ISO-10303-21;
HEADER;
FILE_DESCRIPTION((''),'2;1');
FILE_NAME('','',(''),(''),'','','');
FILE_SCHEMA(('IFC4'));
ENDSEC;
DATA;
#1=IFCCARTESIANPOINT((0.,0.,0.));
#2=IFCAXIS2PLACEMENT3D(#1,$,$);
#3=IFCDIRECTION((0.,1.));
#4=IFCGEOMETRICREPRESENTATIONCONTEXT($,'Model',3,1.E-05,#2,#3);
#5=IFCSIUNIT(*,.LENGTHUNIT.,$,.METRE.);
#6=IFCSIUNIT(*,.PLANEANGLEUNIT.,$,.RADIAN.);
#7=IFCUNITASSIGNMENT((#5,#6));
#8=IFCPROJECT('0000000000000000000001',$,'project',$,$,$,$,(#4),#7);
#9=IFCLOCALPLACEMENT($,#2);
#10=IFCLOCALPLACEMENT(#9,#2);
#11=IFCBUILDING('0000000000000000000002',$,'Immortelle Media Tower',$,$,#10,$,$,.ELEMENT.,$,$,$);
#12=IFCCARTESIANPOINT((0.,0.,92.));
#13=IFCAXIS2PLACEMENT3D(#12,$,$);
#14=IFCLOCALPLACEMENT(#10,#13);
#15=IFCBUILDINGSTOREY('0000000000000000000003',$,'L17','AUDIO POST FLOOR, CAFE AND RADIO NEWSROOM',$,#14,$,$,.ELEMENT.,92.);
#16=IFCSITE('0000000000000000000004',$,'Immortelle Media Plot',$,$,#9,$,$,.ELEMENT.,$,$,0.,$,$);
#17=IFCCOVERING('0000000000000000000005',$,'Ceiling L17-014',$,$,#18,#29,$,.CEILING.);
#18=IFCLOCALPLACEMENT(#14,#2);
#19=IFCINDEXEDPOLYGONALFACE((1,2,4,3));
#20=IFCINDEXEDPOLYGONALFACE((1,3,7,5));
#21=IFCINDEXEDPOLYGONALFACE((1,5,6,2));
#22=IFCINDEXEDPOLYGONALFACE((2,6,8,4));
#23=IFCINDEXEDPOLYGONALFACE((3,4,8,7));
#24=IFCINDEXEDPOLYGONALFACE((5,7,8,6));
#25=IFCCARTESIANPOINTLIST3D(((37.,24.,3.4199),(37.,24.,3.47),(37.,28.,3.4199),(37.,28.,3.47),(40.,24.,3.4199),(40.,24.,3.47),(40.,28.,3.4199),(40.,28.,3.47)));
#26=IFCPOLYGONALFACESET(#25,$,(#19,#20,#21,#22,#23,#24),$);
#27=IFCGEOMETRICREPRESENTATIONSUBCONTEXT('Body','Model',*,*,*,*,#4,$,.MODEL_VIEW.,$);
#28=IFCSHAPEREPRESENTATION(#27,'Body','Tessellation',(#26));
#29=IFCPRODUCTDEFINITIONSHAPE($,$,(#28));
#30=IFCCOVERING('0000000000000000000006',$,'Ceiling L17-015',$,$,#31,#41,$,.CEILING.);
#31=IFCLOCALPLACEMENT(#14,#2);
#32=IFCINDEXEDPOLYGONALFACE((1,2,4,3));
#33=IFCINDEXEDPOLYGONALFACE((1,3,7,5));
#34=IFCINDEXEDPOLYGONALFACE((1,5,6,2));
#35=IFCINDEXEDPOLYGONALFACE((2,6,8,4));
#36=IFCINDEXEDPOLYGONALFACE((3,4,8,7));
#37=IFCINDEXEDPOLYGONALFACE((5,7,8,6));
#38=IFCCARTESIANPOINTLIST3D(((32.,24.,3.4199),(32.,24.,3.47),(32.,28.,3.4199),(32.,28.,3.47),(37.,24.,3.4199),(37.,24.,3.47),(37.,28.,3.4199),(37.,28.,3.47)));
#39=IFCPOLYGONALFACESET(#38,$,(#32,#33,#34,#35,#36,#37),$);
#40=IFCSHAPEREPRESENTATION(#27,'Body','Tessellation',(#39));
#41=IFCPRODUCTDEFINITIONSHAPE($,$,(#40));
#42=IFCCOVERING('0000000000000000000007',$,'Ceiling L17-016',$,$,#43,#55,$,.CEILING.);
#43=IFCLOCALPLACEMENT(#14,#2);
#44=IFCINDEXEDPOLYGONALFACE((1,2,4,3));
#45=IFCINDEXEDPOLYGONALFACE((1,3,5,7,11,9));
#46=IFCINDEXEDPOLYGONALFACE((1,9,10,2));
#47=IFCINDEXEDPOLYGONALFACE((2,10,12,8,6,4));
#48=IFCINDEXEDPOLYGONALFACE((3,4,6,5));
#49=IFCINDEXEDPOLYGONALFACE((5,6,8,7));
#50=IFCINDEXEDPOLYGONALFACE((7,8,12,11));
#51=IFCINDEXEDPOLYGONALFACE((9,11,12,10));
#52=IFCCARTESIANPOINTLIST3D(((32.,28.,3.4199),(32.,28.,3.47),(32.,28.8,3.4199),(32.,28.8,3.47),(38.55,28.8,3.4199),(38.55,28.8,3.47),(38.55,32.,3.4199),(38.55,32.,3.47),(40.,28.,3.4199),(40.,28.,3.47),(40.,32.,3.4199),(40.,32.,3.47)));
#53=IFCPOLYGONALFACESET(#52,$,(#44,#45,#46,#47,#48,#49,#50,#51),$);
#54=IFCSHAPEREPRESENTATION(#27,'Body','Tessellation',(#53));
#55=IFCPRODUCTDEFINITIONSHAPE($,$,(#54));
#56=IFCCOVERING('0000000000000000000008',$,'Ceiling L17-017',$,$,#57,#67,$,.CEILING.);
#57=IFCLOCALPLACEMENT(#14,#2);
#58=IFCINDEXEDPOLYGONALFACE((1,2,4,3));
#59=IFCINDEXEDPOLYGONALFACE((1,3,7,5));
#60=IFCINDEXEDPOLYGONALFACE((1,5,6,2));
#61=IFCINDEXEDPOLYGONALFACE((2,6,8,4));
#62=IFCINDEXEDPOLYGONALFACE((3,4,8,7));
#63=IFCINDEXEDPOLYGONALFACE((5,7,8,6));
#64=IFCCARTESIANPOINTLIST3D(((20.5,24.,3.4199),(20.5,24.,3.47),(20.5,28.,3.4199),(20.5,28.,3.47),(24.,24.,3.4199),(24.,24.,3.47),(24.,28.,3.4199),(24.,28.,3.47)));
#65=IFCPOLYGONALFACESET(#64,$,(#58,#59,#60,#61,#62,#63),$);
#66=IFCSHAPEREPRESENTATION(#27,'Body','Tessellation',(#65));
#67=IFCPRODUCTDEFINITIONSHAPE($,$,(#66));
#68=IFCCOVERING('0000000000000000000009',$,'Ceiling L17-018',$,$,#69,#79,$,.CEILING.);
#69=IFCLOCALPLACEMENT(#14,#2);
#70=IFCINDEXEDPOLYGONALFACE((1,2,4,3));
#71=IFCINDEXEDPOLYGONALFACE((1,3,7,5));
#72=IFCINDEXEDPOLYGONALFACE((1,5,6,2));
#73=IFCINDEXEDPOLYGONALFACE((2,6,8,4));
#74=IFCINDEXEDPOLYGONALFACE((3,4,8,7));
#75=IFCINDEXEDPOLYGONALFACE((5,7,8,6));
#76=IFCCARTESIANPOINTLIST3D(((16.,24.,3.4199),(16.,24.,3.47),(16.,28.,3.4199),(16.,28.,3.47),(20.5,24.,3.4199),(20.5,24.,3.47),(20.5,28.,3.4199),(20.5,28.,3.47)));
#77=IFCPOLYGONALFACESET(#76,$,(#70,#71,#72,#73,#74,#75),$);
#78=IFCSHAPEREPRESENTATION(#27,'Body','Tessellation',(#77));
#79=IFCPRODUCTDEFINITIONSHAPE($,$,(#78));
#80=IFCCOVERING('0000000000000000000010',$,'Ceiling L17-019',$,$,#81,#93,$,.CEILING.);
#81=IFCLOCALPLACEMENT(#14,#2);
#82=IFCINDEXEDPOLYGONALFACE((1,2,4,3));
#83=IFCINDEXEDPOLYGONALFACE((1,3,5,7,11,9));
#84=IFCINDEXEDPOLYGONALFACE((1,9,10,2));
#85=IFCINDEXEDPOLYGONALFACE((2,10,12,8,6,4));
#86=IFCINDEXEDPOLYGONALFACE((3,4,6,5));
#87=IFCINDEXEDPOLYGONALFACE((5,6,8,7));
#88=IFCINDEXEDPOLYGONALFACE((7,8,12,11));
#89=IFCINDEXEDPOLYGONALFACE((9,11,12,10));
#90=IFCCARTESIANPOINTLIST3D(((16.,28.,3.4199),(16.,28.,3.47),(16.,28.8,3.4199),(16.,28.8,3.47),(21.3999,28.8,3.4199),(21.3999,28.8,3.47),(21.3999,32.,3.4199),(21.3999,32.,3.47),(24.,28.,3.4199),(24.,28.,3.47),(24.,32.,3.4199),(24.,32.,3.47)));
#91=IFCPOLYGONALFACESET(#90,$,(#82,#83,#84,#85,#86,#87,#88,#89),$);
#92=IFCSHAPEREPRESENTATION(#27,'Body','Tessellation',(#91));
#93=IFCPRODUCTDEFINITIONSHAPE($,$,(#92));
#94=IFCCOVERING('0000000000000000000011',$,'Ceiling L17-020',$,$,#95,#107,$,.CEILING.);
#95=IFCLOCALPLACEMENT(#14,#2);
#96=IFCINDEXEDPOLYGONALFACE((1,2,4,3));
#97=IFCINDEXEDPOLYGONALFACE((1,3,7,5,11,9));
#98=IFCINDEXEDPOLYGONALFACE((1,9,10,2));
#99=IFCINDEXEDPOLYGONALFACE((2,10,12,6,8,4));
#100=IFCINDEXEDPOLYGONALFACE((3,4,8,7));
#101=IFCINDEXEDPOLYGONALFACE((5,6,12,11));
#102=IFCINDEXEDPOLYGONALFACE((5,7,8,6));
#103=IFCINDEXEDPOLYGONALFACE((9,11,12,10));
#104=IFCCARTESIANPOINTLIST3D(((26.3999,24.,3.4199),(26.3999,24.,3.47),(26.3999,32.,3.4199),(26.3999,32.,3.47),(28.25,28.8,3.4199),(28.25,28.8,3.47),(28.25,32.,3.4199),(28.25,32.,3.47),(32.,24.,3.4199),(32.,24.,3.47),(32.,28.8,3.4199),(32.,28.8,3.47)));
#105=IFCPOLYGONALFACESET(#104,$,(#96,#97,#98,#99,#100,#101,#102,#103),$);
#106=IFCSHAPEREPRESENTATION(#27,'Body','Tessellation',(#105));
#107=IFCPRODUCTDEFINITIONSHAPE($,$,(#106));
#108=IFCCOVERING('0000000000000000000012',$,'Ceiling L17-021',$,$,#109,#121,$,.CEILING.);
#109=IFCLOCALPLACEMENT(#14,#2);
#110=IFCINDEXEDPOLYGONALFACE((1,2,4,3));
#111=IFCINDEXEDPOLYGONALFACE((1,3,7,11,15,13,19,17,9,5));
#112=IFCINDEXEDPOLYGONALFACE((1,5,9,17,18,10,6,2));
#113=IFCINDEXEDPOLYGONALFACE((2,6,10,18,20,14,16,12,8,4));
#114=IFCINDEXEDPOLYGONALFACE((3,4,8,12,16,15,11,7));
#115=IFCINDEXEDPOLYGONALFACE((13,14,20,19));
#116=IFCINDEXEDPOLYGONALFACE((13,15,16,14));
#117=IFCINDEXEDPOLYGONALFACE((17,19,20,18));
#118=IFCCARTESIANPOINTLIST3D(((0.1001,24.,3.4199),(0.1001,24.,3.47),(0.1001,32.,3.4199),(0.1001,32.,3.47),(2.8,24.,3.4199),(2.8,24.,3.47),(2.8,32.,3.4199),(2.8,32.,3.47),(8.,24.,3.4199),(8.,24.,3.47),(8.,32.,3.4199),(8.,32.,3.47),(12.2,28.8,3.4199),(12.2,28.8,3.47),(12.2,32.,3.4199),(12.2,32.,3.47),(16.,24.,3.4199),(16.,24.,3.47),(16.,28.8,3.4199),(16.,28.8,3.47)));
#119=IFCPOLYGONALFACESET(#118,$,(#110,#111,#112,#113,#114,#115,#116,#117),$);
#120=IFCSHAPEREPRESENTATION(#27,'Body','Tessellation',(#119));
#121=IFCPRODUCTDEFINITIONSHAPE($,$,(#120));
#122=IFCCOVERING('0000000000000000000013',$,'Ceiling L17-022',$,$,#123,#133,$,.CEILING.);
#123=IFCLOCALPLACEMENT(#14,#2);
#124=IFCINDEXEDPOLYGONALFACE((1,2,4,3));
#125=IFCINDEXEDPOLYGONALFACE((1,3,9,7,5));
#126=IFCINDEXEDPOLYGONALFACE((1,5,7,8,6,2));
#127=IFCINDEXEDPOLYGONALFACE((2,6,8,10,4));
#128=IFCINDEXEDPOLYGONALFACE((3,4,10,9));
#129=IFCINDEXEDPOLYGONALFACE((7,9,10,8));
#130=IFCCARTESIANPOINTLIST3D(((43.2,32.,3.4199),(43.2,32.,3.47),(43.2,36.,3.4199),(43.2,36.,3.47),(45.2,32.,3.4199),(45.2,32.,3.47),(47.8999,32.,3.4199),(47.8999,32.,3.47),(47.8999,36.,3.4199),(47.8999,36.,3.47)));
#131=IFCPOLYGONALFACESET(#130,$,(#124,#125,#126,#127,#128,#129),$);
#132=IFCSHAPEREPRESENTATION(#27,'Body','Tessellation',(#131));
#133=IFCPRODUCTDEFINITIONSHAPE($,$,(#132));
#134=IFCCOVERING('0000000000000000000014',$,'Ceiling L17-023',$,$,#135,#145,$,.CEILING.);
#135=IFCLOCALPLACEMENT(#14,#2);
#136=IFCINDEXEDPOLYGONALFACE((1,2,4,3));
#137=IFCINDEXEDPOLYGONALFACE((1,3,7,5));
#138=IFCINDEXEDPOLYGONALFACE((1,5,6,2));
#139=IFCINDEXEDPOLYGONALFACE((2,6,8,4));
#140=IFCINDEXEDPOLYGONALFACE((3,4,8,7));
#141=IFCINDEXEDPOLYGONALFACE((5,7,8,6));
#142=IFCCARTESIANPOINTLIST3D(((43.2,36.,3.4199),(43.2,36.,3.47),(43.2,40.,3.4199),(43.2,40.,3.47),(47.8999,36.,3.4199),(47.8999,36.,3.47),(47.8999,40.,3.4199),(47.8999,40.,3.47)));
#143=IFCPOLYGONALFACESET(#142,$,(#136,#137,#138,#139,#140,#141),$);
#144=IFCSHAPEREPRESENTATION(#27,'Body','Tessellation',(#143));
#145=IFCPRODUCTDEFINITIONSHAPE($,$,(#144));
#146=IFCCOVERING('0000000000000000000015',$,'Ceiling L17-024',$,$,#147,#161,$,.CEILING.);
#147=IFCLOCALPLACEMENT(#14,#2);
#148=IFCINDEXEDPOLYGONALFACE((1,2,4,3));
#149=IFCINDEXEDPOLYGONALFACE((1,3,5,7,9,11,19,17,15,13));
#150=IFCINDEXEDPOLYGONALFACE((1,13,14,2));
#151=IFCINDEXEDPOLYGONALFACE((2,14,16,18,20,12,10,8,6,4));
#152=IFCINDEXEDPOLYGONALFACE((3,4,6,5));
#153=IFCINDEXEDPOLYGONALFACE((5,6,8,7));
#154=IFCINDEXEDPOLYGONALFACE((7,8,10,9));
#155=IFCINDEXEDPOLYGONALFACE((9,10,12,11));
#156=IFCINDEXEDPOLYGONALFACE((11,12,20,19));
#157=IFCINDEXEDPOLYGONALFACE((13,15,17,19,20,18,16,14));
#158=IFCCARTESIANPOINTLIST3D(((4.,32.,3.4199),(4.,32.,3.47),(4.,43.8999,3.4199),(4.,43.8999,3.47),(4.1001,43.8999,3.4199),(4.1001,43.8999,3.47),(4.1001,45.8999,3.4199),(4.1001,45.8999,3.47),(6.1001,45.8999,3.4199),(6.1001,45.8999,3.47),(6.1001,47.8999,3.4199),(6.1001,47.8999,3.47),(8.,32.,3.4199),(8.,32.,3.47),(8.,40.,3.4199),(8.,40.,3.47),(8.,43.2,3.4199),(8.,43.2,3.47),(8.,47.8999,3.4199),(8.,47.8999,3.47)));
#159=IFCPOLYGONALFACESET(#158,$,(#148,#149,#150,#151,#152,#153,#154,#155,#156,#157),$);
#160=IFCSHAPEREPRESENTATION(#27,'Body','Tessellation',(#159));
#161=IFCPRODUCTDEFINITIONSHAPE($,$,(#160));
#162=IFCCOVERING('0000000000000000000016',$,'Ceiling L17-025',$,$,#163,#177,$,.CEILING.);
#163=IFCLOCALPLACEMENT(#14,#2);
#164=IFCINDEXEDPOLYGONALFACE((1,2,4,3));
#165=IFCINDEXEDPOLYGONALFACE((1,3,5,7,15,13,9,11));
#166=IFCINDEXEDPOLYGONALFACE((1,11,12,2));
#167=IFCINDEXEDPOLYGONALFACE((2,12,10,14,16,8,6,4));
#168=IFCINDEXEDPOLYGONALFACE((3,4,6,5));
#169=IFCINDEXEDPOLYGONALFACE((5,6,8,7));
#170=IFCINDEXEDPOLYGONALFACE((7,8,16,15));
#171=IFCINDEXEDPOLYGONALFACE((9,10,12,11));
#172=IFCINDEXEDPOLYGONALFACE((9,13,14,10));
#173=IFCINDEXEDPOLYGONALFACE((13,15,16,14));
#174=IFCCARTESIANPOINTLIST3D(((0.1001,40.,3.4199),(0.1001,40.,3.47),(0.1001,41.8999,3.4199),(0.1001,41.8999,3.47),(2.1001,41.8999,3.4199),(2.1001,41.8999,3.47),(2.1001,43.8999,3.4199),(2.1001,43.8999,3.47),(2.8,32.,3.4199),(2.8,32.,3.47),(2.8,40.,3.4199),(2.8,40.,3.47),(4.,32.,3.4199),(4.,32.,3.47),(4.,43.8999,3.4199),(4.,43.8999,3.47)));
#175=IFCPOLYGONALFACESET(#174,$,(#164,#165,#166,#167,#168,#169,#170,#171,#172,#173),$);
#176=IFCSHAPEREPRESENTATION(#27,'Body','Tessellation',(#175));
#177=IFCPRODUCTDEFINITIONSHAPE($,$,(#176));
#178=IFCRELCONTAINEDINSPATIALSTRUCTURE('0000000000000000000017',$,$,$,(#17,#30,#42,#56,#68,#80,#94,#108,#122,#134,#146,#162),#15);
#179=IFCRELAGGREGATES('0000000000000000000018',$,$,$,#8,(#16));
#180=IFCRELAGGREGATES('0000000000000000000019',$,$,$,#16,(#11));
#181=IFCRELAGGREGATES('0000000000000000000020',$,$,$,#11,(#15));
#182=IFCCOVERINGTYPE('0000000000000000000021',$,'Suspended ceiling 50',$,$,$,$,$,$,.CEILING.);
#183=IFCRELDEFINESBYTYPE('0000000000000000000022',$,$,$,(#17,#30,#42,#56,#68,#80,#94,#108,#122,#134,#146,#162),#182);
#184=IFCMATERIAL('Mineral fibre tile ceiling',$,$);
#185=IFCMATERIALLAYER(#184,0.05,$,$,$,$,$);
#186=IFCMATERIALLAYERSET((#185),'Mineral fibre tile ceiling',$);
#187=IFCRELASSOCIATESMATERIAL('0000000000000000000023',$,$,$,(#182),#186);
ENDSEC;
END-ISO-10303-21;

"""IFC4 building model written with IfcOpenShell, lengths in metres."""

from ifc_helpers import new_model, si_unit, direction, frame, origin, place, context, subcontext, project, spatial, polyline, outline, extrude, material, layer, layer_set, type_object, element, save


model = new_model("IFC4")

# Units and contexts
model_context = context("Model", 3, precision=1e-05, world=origin(), true_north=direction((0.0, 1.0)))
body_context = subcontext(model_context, "Body", "Model", "MODEL_VIEW")
ifc_project = project(units=[si_unit("LENGTHUNIT", "METRE"), si_unit("PLANEANGLEUNIT", "RADIAN")], contexts=[model_context])

# Site, building, storey
site_placement = place(None, origin())
site = spatial("IfcSite", under=ifc_project, at=site_placement, Name="Immortelle Media Plot", CompositionType="ELEMENT", RefElevation=0.0)
building_placement = place(site_placement, origin())
building = spatial("IfcBuilding", under=site, at=building_placement, Name="Immortelle Media Tower", CompositionType="ELEMENT")
storey_placement = place(building_placement, frame((0.0, 0.0, 92.0)))
storey = spatial("IfcBuildingStorey", under=building, at=storey_placement, Name="L17", Description="AUDIO POST FLOOR, CAFE AND RADIO NEWSROOM", CompositionType="ELEMENT", Elevation=92.0)

# Coverings
ifc_material_1 = material(Name="Mineral fibre tile ceiling")
ifc_layer = layer(ifc_material_1, 0.05)
ifc_layer_set = layer_set([ifc_layer], Name="Mineral fibre tile ceiling")
covering_type = type_object("IfcCoveringType", Name="Suspended ceiling 50", PredefinedType="CEILING", material=ifc_layer_set)
covering_1_placement = place(storey_placement, frame((0.0, 0.0, 3.4199)))
element("IfcCovering", 1, at=covering_1_placement, inside=storey, type_object=covering_type, Name="Ceiling L17-014", PredefinedType="CEILING", context=body_context, shape_type="SweptSolid", body=[
    extrude(outline(polyline([(40.0, 28.0), (40.0, 24.0), (37.0, 24.0), (37.0, 28.0), (40.0, 28.0)])), origin(), (0.0, 0.0, 1.0), 0.05),
])
covering_2_placement = place(storey_placement, frame((0.0, 0.0, 3.4199)))
element("IfcCovering", 2, at=covering_2_placement, inside=storey, type_object=covering_type, Name="Ceiling L17-015", PredefinedType="CEILING", context=body_context, shape_type="SweptSolid", body=[
    extrude(outline(polyline([(37.0, 28.0), (37.0, 24.0), (32.0, 24.0), (32.0, 28.0), (37.0, 28.0)])), origin(), (0.0, 0.0, 1.0), 0.05),
])
covering_3_placement = place(storey_placement, frame((0.0, 0.0, 3.4199)))
element("IfcCovering", 3, at=covering_3_placement, inside=storey, type_object=covering_type, Name="Ceiling L17-016", PredefinedType="CEILING", context=body_context, shape_type="SweptSolid", body=[
    extrude(outline(polyline([(32.0, 28.8), (38.55, 28.8), (38.55, 32.0), (40.0, 32.0), (40.0, 28.0), (32.0, 28.0), (32.0, 28.8)])), origin(), (0.0, 0.0, 1.0), 0.05),
])
covering_4_placement = place(storey_placement, frame((0.0, 0.0, 3.4199)))
element("IfcCovering", 4, at=covering_4_placement, inside=storey, type_object=covering_type, Name="Ceiling L17-017", PredefinedType="CEILING", context=body_context, shape_type="SweptSolid", body=[
    extrude(outline(polyline([(24.0, 28.0), (24.0, 24.0), (20.5, 24.0), (20.5, 28.0), (24.0, 28.0)])), origin(), (0.0, 0.0, 1.0), 0.05),
])
covering_5_placement = place(storey_placement, frame((0.0, 0.0, 3.4199)))
element("IfcCovering", 5, at=covering_5_placement, inside=storey, type_object=covering_type, Name="Ceiling L17-018", PredefinedType="CEILING", context=body_context, shape_type="SweptSolid", body=[
    extrude(outline(polyline([(20.5, 28.0), (20.5, 24.0), (16.0, 24.0), (16.0, 28.0), (20.5, 28.0)])), origin(), (0.0, 0.0, 1.0), 0.05),
])
covering_6_placement = place(storey_placement, frame((0.0, 0.0, 3.4199)))
element("IfcCovering", 6, at=covering_6_placement, inside=storey, type_object=covering_type, Name="Ceiling L17-019", PredefinedType="CEILING", context=body_context, shape_type="SweptSolid", body=[
    extrude(outline(polyline([(16.0, 28.8), (21.3999, 28.8), (21.3999, 32.0), (24.0, 32.0), (24.0, 28.0), (16.0, 28.0), (16.0, 28.8)])), origin(), (0.0, 0.0, 1.0), 0.05),
])
covering_7_placement = place(storey_placement, frame((0.0, 0.0, 3.4199)))
element("IfcCovering", 7, at=covering_7_placement, inside=storey, type_object=covering_type, Name="Ceiling L17-020", PredefinedType="CEILING", context=body_context, shape_type="SweptSolid", body=[
    extrude(outline(polyline([(26.3999, 24.0), (26.3999, 32.0), (28.25, 32.0), (28.25, 28.8), (32.0, 28.8), (32.0, 24.0), (26.3999, 24.0)])), origin(), (0.0, 0.0, 1.0), 0.05),
])
covering_8_placement = place(storey_placement, frame((0.0, 0.0, 3.4199)))
element("IfcCovering", 8, at=covering_8_placement, inside=storey, type_object=covering_type, Name="Ceiling L17-021", PredefinedType="CEILING", context=body_context, shape_type="SweptSolid", body=[
    extrude(outline(polyline([(0.1001, 24.0), (0.1001, 32.0), (2.8, 32.0), (8.0, 32.0), (12.2, 32.0), (12.2, 28.8), (16.0, 28.8), (16.0, 24.0), (8.0, 24.0), (2.8, 24.0), (0.1001, 24.0)])), origin(), (0.0, 0.0, 1.0), 0.05),
])
covering_9_placement = place(storey_placement, frame((0.0, 0.0, 3.4199)))
element("IfcCovering", 9, at=covering_9_placement, inside=storey, type_object=covering_type, Name="Ceiling L17-022", PredefinedType="CEILING", context=body_context, shape_type="SweptSolid", body=[
    extrude(outline(polyline([(43.2, 32.0), (43.2, 36.0), (47.8999, 36.0), (47.8999, 32.0), (45.2, 32.0), (43.2, 32.0)])), origin(), (0.0, 0.0, 1.0), 0.05),
])
covering_10_placement = place(storey_placement, frame((0.0, 0.0, 3.4199)))
element("IfcCovering", 10, at=covering_10_placement, inside=storey, type_object=covering_type, Name="Ceiling L17-023", PredefinedType="CEILING", context=body_context, shape_type="SweptSolid", body=[
    extrude(outline(polyline([(43.2, 40.0), (47.8999, 40.0), (47.8999, 36.0), (43.2, 36.0), (43.2, 40.0)])), origin(), (0.0, 0.0, 1.0), 0.05),
])
covering_11_placement = place(storey_placement, frame((0.0, 0.0, 3.4199)))
element("IfcCovering", 11, at=covering_11_placement, inside=storey, type_object=covering_type, Name="Ceiling L17-024", PredefinedType="CEILING", context=body_context, shape_type="SweptSolid", body=[
    extrude(outline(polyline([(4.1001, 43.8999), (4.1001, 45.8999), (6.1001, 45.8999), (6.1001, 47.8999), (8.0, 47.8999), (8.0, 43.2), (8.0, 40.0), (8.0, 32.0), (4.0, 32.0), (4.0, 43.8999), (4.1001, 43.8999)])), origin(), (0.0, 0.0, 1.0), 0.05),
])
covering_12_placement = place(storey_placement, frame((0.0, 0.0, 3.4199)))
element("IfcCovering", 12, at=covering_12_placement, inside=storey, type_object=covering_type, Name="Ceiling L17-025", PredefinedType="CEILING", context=body_context, shape_type="SweptSolid", body=[
    extrude(outline(polyline([(2.8, 40.0), (0.1001, 40.0), (0.1001, 41.8999), (2.1001, 41.8999), (2.1001, 43.8999), (4.0, 43.8999), (4.0, 32.0), (2.8, 32.0), (2.8, 40.0)])), origin(), (0.0, 0.0, 1.0), 0.05),
])

save(model, "model.ifc")
